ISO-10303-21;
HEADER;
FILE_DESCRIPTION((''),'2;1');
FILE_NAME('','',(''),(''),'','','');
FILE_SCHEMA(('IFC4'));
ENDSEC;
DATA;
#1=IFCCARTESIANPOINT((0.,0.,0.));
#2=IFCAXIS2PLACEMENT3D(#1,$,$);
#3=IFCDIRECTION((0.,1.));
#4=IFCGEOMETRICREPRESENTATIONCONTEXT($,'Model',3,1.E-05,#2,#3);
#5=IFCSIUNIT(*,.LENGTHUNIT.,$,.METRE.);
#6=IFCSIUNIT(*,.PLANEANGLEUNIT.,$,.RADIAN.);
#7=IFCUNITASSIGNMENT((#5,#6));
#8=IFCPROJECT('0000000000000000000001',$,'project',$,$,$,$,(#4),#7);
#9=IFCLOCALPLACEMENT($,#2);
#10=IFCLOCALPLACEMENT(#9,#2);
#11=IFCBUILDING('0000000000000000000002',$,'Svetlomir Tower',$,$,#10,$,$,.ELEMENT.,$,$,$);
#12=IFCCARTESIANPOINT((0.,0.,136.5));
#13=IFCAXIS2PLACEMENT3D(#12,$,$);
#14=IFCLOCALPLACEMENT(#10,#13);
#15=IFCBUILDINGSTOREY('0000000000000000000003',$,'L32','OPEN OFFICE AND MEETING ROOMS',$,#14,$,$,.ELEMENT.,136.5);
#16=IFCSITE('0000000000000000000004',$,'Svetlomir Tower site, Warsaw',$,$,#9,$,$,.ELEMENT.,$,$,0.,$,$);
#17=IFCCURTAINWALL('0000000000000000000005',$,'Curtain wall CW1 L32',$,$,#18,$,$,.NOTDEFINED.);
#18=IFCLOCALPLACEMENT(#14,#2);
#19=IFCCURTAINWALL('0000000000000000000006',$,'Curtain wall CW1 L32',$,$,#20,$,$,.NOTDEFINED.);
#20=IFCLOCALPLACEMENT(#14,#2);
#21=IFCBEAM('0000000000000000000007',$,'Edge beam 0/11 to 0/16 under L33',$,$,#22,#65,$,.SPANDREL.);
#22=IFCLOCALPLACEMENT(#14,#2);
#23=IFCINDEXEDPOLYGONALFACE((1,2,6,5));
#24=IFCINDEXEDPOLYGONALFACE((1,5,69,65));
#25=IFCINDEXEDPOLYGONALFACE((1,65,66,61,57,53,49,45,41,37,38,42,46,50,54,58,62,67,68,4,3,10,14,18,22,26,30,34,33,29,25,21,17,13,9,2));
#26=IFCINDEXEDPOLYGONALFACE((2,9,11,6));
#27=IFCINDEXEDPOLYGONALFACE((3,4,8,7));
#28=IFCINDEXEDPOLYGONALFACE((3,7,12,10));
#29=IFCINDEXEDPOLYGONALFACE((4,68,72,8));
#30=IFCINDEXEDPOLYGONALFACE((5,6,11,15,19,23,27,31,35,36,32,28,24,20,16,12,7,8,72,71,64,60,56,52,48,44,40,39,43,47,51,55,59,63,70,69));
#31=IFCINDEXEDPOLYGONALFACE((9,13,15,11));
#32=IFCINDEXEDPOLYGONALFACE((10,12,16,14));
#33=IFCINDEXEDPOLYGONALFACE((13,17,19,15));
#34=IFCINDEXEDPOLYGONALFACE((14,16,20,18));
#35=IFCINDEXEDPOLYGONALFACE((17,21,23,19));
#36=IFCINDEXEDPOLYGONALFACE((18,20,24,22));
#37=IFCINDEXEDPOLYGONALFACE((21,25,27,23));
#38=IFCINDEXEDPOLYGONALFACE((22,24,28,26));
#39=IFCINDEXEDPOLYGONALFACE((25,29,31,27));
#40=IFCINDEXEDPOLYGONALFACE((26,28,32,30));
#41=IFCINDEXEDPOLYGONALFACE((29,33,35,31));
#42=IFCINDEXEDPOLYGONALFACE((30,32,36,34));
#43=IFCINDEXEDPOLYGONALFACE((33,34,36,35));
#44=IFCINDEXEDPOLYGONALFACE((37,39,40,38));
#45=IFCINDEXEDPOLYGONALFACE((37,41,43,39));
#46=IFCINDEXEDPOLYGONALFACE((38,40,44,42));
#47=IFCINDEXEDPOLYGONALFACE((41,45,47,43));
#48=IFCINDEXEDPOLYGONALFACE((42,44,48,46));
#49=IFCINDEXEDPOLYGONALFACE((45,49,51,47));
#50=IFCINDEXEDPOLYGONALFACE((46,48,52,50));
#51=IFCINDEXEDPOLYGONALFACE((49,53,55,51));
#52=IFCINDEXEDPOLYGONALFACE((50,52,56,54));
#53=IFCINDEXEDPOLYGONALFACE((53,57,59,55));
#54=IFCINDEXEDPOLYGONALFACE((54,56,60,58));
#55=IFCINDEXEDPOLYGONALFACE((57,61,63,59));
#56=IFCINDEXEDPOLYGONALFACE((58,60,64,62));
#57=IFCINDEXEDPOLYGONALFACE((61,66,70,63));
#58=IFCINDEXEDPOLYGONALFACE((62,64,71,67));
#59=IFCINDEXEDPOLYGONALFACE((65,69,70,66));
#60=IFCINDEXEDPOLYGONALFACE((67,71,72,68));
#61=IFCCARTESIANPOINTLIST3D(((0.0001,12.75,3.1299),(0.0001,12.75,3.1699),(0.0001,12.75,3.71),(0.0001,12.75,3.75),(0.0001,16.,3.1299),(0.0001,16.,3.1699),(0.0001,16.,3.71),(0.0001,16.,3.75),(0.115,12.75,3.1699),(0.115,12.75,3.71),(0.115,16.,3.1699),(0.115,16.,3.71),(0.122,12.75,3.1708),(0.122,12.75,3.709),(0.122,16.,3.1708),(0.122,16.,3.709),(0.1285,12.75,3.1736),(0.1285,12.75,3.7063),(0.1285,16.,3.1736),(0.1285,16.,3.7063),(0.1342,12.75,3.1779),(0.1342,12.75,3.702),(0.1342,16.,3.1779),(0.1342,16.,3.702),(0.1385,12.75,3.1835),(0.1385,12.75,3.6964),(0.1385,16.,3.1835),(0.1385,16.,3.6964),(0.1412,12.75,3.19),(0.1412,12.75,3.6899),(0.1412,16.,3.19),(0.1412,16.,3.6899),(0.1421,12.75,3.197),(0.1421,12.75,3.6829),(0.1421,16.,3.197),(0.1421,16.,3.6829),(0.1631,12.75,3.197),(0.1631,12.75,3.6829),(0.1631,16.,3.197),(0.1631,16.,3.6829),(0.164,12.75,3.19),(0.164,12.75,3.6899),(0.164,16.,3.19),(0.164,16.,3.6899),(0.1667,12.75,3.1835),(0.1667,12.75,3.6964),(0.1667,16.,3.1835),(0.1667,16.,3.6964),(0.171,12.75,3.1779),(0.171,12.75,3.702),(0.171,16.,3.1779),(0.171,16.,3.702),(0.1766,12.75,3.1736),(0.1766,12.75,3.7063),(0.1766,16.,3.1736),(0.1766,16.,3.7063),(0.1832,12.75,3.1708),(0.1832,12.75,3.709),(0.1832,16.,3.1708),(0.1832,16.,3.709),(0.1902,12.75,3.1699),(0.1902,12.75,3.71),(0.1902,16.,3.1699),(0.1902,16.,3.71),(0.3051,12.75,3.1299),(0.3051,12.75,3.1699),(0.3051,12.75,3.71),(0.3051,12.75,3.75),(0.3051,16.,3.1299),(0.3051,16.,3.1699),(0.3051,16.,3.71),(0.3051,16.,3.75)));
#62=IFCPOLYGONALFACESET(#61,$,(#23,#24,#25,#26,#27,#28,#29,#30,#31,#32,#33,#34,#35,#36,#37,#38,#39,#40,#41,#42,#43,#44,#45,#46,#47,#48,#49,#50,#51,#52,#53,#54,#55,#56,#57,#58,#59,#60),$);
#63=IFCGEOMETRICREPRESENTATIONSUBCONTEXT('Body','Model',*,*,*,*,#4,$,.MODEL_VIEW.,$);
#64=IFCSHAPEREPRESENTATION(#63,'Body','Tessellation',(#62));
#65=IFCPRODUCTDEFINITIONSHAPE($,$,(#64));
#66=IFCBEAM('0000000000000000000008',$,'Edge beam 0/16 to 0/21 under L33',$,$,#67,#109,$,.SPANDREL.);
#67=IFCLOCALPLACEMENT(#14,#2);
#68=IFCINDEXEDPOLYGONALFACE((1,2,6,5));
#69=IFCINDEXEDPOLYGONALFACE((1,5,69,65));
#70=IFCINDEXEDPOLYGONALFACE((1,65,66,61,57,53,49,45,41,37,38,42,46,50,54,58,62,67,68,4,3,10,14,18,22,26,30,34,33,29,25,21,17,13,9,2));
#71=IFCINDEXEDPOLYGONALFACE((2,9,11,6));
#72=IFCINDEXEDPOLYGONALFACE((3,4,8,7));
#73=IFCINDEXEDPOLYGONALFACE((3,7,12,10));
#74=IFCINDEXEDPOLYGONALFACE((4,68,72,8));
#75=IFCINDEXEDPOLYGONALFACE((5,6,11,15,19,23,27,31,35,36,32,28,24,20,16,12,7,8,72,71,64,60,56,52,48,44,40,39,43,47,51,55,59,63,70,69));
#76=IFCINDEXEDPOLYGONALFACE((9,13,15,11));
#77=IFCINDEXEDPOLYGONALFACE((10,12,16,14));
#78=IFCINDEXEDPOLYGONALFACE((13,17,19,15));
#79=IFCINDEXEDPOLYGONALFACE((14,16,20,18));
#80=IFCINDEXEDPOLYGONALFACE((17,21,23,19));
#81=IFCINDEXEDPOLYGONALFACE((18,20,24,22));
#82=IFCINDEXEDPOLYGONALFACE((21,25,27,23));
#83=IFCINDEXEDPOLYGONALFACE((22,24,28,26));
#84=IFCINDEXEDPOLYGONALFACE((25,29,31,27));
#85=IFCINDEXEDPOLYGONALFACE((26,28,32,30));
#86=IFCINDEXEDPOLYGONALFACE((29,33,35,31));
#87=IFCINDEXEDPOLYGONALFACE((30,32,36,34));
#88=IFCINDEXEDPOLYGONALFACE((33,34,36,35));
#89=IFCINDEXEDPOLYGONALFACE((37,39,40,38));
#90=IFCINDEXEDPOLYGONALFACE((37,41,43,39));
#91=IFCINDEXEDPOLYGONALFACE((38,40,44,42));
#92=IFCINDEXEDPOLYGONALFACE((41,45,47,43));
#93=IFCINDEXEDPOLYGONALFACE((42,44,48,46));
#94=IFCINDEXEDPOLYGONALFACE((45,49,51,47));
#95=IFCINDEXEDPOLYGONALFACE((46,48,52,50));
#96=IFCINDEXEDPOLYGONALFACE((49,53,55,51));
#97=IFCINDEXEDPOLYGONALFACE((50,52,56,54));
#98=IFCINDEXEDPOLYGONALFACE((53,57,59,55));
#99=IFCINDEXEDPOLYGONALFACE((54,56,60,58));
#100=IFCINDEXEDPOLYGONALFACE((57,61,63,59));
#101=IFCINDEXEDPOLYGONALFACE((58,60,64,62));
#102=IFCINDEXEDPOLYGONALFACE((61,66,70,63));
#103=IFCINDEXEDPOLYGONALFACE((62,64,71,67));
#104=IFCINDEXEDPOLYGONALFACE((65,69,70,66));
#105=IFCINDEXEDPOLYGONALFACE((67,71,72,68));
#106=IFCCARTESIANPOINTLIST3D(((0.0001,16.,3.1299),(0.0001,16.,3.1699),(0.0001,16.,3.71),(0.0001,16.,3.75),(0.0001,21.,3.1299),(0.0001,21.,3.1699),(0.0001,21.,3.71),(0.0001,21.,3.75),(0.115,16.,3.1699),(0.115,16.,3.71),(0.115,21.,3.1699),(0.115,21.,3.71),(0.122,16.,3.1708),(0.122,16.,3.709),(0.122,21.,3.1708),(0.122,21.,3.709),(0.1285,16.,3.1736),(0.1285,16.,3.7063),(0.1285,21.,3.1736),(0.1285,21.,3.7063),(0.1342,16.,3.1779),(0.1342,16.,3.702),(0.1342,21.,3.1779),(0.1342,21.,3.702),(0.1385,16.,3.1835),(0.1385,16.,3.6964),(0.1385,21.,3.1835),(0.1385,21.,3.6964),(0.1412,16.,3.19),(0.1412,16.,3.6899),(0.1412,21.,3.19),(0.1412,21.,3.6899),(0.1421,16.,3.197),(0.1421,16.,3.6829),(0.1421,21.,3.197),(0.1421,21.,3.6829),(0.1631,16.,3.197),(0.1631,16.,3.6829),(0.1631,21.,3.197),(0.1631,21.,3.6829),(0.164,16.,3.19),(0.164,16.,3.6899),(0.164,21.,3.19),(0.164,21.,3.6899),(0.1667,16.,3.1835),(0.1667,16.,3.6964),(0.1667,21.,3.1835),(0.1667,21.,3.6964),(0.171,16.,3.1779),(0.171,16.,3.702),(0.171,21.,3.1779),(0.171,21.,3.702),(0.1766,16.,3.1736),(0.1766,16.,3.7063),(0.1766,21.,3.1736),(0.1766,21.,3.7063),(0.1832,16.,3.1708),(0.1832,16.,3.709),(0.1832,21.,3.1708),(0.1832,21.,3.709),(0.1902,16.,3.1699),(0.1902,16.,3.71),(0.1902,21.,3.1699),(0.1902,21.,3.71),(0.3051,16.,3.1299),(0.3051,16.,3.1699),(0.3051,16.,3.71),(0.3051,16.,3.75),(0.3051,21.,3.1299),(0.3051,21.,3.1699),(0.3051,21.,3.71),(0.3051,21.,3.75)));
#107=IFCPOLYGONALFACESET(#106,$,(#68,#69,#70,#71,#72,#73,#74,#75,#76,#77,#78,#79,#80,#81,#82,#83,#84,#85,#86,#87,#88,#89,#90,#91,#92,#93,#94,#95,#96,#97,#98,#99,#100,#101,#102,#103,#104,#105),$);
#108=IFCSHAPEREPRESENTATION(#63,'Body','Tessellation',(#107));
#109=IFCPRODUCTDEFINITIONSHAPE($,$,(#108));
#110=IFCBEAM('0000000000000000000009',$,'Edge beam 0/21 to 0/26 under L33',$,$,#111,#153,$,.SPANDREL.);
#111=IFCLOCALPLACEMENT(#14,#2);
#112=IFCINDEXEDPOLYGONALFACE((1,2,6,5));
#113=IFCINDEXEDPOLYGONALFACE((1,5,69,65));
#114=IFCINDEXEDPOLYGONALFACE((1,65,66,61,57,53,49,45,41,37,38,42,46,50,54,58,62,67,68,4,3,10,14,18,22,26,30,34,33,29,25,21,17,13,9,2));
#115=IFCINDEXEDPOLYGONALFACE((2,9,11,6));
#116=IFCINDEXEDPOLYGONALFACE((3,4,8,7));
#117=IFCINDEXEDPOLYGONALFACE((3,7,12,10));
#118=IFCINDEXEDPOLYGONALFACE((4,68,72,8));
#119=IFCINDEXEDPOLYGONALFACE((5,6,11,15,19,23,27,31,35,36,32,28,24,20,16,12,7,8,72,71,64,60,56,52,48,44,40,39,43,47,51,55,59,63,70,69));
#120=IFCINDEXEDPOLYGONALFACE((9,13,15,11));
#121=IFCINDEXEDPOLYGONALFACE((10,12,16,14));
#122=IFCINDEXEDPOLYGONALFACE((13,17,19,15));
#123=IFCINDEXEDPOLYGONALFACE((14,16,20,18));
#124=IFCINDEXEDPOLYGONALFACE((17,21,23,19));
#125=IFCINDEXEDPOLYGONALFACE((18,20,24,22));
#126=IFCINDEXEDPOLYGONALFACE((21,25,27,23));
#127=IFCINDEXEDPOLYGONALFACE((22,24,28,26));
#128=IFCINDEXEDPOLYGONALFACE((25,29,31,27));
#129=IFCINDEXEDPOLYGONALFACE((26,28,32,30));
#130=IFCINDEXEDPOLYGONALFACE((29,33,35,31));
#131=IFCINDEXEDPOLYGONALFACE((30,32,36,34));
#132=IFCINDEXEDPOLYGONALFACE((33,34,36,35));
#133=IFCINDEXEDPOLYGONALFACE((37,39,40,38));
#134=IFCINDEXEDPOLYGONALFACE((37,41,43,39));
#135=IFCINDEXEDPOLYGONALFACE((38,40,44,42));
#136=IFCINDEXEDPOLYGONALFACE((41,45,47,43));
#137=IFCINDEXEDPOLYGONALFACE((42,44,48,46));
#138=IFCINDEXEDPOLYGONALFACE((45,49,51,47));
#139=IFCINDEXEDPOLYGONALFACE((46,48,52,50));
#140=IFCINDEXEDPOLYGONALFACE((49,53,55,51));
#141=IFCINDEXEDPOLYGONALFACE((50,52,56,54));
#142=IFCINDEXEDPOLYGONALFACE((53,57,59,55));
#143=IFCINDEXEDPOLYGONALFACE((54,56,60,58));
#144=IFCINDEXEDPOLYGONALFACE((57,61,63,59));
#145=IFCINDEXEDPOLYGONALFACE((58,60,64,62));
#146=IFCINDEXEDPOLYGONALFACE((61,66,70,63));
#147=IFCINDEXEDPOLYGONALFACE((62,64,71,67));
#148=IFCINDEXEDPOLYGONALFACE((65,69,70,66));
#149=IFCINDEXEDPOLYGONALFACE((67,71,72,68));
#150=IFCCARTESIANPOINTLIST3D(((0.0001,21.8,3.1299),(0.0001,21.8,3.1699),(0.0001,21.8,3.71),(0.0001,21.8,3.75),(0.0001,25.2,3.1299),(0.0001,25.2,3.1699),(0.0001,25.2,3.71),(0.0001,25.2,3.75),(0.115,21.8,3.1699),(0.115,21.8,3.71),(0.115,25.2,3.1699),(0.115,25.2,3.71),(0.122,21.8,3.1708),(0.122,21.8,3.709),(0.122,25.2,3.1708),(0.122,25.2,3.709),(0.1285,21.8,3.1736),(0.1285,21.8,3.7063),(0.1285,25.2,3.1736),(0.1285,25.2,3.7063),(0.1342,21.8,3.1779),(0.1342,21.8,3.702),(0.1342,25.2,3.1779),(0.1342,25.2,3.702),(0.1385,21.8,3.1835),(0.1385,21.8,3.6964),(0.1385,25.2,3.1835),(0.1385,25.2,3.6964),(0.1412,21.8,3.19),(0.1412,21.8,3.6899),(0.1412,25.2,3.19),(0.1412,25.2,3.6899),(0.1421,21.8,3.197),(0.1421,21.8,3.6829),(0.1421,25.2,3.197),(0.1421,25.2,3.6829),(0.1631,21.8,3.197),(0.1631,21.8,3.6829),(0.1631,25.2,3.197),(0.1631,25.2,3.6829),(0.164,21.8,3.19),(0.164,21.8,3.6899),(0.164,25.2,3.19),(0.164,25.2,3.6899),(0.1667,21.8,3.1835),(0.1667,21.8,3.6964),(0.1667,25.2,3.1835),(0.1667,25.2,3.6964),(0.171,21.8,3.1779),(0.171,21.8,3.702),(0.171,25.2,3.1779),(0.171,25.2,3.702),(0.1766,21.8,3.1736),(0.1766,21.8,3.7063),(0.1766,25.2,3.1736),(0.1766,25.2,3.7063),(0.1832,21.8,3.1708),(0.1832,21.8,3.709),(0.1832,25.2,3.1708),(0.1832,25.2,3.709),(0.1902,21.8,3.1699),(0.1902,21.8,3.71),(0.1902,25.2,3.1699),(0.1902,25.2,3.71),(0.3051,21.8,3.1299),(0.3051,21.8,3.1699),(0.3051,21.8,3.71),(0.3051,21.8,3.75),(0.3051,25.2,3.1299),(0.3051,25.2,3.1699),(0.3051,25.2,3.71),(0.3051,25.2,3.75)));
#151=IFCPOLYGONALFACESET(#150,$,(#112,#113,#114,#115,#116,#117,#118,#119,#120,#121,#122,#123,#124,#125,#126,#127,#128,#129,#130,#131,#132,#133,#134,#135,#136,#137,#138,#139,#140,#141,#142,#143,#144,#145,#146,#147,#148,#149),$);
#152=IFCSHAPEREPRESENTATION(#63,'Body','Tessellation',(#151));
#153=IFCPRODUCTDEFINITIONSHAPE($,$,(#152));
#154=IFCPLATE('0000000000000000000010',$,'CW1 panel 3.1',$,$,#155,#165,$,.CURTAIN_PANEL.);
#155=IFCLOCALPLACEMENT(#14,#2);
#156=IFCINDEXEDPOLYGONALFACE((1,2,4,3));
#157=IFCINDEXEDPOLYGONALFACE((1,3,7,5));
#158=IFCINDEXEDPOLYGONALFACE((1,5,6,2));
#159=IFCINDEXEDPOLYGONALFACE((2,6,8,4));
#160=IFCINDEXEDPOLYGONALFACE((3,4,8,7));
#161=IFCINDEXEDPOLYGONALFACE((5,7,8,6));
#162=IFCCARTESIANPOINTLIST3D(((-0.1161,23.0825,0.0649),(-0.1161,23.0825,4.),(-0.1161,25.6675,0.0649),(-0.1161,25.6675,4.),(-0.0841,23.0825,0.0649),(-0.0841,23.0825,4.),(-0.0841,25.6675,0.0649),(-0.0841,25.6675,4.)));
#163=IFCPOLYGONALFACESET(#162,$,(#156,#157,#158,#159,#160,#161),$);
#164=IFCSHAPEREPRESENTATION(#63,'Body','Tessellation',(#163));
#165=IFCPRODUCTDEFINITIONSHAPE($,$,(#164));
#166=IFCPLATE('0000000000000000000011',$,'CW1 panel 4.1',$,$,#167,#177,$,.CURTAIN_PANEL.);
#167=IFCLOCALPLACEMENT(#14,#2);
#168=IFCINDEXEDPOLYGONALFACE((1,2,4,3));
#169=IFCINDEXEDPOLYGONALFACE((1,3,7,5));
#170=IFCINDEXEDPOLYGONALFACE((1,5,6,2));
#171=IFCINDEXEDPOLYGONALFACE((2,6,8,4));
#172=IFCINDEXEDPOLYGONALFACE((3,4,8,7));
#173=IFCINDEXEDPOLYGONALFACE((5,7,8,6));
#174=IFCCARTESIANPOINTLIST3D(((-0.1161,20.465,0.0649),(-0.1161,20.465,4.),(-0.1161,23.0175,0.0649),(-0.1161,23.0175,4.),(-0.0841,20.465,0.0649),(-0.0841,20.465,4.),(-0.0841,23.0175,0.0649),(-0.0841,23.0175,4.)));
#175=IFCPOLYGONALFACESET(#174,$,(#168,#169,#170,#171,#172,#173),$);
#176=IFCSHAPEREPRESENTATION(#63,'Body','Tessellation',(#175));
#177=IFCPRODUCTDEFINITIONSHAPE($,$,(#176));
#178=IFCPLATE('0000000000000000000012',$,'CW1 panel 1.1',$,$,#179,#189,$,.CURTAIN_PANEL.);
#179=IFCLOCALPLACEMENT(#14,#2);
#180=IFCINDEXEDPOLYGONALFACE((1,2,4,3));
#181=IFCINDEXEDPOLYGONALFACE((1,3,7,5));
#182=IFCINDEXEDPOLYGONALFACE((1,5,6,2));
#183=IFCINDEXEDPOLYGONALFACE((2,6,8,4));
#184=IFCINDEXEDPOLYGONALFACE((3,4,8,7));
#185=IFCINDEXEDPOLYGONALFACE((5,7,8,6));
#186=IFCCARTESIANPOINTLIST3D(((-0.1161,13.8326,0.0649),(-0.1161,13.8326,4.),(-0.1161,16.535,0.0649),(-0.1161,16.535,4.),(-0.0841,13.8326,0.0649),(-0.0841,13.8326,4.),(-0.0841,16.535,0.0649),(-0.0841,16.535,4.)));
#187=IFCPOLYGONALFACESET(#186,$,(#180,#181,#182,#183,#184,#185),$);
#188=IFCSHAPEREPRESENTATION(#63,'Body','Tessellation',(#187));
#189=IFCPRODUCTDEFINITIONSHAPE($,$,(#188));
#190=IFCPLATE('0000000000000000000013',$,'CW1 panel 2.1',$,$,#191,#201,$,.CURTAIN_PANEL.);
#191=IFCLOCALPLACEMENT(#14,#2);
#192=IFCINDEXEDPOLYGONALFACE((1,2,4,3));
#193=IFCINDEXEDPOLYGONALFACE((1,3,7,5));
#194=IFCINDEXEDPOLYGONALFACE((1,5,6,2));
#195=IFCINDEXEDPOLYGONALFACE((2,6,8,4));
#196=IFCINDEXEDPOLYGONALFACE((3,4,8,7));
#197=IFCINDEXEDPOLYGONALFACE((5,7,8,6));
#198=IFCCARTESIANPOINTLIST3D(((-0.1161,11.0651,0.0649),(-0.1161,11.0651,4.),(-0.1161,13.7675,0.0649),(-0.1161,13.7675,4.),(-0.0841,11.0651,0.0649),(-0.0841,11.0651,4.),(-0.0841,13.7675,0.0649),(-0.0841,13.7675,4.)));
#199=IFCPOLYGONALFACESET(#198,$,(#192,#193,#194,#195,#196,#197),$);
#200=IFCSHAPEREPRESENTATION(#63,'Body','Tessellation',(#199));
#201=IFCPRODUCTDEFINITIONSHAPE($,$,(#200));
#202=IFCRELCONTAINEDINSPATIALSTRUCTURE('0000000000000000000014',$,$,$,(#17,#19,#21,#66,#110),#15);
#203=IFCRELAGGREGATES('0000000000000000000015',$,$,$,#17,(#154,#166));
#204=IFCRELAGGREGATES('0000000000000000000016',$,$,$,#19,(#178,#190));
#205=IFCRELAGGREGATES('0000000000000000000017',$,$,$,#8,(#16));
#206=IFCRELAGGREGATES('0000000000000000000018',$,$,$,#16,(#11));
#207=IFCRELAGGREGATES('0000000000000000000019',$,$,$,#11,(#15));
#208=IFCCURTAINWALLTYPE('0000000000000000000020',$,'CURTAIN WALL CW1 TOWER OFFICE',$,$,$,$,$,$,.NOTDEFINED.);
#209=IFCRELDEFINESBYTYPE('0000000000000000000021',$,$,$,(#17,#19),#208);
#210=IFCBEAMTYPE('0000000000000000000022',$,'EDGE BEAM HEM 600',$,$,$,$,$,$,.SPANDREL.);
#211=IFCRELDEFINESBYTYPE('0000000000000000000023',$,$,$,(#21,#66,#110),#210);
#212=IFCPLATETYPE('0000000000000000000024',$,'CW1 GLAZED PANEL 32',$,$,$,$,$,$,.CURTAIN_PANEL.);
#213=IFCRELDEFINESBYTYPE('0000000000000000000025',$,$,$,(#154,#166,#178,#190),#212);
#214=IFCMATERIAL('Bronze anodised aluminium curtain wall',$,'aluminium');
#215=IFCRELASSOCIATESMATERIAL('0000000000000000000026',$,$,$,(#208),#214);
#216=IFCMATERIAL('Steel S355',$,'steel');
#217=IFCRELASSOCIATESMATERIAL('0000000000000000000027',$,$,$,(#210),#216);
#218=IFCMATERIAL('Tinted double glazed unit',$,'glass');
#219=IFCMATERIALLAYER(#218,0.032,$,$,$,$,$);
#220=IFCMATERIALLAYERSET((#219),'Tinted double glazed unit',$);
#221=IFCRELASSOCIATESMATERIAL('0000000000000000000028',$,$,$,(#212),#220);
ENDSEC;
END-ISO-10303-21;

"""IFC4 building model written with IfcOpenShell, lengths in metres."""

from ifc_helpers import new_model, si_unit, direction, frame, origin, origin_2d, place, context, subcontext, project, spatial, rectangle, i_section, extrude, material, layer, layer_set, material_profile, profile_set, type_object, element, aggregate, save


model = new_model("IFC4")

# Units and contexts
model_context = context("Model", 3, precision=1e-05, world=origin(), true_north=direction((0.0, 1.0)))
body_context = subcontext(model_context, "Body", "Model", "MODEL_VIEW")
ifc_project = project(units=[si_unit("LENGTHUNIT", "METRE"), si_unit("PLANEANGLEUNIT", "RADIAN")], contexts=[model_context])

# Site, building, storey
site_placement = place(None, origin())
site = spatial("IfcSite", under=ifc_project, at=site_placement, Name="Svetlomir Tower site, Warsaw", CompositionType="ELEMENT", RefElevation=0.0)
building_placement = place(site_placement, origin())
building = spatial("IfcBuilding", under=site, at=building_placement, Name="Svetlomir Tower", CompositionType="ELEMENT")
storey_placement = place(building_placement, frame((0.0, 0.0, 136.5)))
storey = spatial("IfcBuildingStorey", under=building, at=storey_placement, Name="L32", Description="OPEN OFFICE AND MEETING ROOMS", CompositionType="ELEMENT", Elevation=136.5)

# Curtain walls
ifc_material_1 = material(Name="Bronze anodised aluminium curtain wall", Category="aluminium")
curtain_wall_type = type_object("IfcCurtainWallType", Name="CURTAIN WALL CW1 TOWER OFFICE", PredefinedType="NOTDEFINED", material=ifc_material_1)
curtain_wall_1_placement = place(storey_placement, origin())
curtain_wall_1 = element("IfcCurtainWall", 1, at=curtain_wall_1_placement, inside=storey, type_object=curtain_wall_type, Name="Curtain wall CW1 L32", PredefinedType="NOTDEFINED")
curtain_wall_2_placement = place(storey_placement, origin())
curtain_wall_2 = element("IfcCurtainWall", 2, at=curtain_wall_2_placement, inside=storey, type_object=curtain_wall_type, Name="Curtain wall CW1 L32", PredefinedType="NOTDEFINED")

# Beams
ifc_material_2 = material(Name="Steel S355", Category="steel")
ifc_material_profile_1 = material_profile(ifc_material_2, i_section(OverallWidth=0.3049, OverallDepth=0.6201, WebThickness=0.021, FlangeThickness=0.04, FilletRadius=0.0271, at=origin_2d()), Name="HEM 600")
ifc_profile_set_1 = profile_set([ifc_material_profile_1], Name="Steel S355")
beam_type_1 = type_object("IfcBeamType", Name="EDGE BEAM HEM 600", PredefinedType="SPANDREL", material=ifc_profile_set_1)
beam_1_placement = place(storey_placement, frame((0.1526, 12.75, 3.4399), z_axis=(0.0, 1.0, 0.0), x_axis=(-1.0, 0.0, 0.0)))
element("IfcBeam", 3, at=beam_1_placement, inside=storey, type_object=beam_type_1, Name="Edge beam 0/11 to 0/16 under L33", PredefinedType="SPANDREL", context=body_context, shape_type="SweptSolid", body=[
    extrude(i_section(OverallWidth=0.3049, OverallDepth=0.6201, WebThickness=0.021, FlangeThickness=0.04, FilletRadius=0.0271, at=origin_2d()), origin(), (0.0, 0.0, 1.0), 3.25),
])
beam_2_placement = place(storey_placement, frame((0.1526, 16.0, 3.4399), z_axis=(0.0, 1.0, 0.0), x_axis=(-1.0, 0.0, 0.0)))
element("IfcBeam", 4, at=beam_2_placement, inside=storey, type_object=beam_type_1, Name="Edge beam 0/16 to 0/21 under L33", PredefinedType="SPANDREL", context=body_context, shape_type="SweptSolid", body=[
    extrude(i_section(OverallWidth=0.3049, OverallDepth=0.6201, WebThickness=0.021, FlangeThickness=0.04, FilletRadius=0.0271, at=origin_2d()), origin(), (0.0, 0.0, 1.0), 5.0),
])
beam_3_placement = place(storey_placement, frame((0.1526, 21.8, 3.4399), z_axis=(0.0, 1.0, 0.0), x_axis=(-1.0, 0.0, 0.0)))
element("IfcBeam", 5, at=beam_3_placement, inside=storey, type_object=beam_type_1, Name="Edge beam 0/21 to 0/26 under L33", PredefinedType="SPANDREL", context=body_context, shape_type="SweptSolid", body=[
    extrude(i_section(OverallWidth=0.3049, OverallDepth=0.6201, WebThickness=0.021, FlangeThickness=0.04, FilletRadius=0.0271, at=origin_2d()), origin(), (0.0, 0.0, 1.0), 3.3999),
])

# Plates
ifc_material_3 = material(Name="Tinted double glazed unit", Category="glass")
ifc_layer_1 = layer(ifc_material_3, 0.032)
ifc_layer_set_1 = layer_set([ifc_layer_1], Name="Tinted double glazed unit")
plate_type = type_object("IfcPlateType", Name="CW1 GLAZED PANEL 32", PredefinedType="CURTAIN_PANEL", material=ifc_layer_set_1)
plate_1_placement = place(storey_placement, frame((-0.1001, 24.375, 0.0649), z_axis=(0.0, 0.0, 1.0), x_axis=(0.0, -1.0, 0.0)))
plate_1 = element("IfcPlate", 6, at=plate_1_placement, type_object=plate_type, Name="CW1 panel 3.1", PredefinedType="CURTAIN_PANEL", context=body_context, shape_type="SweptSolid", body=[
    extrude(rectangle(XDim=2.585, YDim=0.032, at=origin_2d()), origin(), (0.0, 0.0, 1.0), 3.9351),
])
plate_2_placement = place(storey_placement, frame((-0.1001, 21.7412, 0.0649), z_axis=(0.0, 0.0, 1.0), x_axis=(0.0, -1.0, 0.0)))
plate_2 = element("IfcPlate", 7, at=plate_2_placement, type_object=plate_type, Name="CW1 panel 4.1", PredefinedType="CURTAIN_PANEL", context=body_context, shape_type="SweptSolid", body=[
    extrude(rectangle(XDim=2.5525, YDim=0.032, at=origin_2d()), origin(), (0.0, 0.0, 1.0), 3.9351),
])
aggregate(curtain_wall_1, [plate_1, plate_2])
plate_3_placement = place(storey_placement, frame((-0.1001, 15.1838, 0.0649), z_axis=(0.0, 0.0, 1.0), x_axis=(0.0, -1.0, 0.0)))
plate_3 = element("IfcPlate", 8, at=plate_3_placement, type_object=plate_type, Name="CW1 panel 1.1", PredefinedType="CURTAIN_PANEL", context=body_context, shape_type="SweptSolid", body=[
    extrude(rectangle(XDim=2.7024, YDim=0.032, at=origin_2d()), origin(), (0.0, 0.0, 1.0), 3.9351),
])
plate_4_placement = place(storey_placement, frame((-0.1001, 12.4163, 0.0649), z_axis=(0.0, 0.0, 1.0), x_axis=(0.0, -1.0, 0.0)))
plate_4 = element("IfcPlate", 9, at=plate_4_placement, type_object=plate_type, Name="CW1 panel 2.1", PredefinedType="CURTAIN_PANEL", context=body_context, shape_type="SweptSolid", body=[
    extrude(rectangle(XDim=2.7024, YDim=0.032, at=origin_2d()), origin(), (0.0, 0.0, 1.0), 3.9351),
])
aggregate(curtain_wall_2, [plate_3, plate_4])

save(model, "model.ifc")
